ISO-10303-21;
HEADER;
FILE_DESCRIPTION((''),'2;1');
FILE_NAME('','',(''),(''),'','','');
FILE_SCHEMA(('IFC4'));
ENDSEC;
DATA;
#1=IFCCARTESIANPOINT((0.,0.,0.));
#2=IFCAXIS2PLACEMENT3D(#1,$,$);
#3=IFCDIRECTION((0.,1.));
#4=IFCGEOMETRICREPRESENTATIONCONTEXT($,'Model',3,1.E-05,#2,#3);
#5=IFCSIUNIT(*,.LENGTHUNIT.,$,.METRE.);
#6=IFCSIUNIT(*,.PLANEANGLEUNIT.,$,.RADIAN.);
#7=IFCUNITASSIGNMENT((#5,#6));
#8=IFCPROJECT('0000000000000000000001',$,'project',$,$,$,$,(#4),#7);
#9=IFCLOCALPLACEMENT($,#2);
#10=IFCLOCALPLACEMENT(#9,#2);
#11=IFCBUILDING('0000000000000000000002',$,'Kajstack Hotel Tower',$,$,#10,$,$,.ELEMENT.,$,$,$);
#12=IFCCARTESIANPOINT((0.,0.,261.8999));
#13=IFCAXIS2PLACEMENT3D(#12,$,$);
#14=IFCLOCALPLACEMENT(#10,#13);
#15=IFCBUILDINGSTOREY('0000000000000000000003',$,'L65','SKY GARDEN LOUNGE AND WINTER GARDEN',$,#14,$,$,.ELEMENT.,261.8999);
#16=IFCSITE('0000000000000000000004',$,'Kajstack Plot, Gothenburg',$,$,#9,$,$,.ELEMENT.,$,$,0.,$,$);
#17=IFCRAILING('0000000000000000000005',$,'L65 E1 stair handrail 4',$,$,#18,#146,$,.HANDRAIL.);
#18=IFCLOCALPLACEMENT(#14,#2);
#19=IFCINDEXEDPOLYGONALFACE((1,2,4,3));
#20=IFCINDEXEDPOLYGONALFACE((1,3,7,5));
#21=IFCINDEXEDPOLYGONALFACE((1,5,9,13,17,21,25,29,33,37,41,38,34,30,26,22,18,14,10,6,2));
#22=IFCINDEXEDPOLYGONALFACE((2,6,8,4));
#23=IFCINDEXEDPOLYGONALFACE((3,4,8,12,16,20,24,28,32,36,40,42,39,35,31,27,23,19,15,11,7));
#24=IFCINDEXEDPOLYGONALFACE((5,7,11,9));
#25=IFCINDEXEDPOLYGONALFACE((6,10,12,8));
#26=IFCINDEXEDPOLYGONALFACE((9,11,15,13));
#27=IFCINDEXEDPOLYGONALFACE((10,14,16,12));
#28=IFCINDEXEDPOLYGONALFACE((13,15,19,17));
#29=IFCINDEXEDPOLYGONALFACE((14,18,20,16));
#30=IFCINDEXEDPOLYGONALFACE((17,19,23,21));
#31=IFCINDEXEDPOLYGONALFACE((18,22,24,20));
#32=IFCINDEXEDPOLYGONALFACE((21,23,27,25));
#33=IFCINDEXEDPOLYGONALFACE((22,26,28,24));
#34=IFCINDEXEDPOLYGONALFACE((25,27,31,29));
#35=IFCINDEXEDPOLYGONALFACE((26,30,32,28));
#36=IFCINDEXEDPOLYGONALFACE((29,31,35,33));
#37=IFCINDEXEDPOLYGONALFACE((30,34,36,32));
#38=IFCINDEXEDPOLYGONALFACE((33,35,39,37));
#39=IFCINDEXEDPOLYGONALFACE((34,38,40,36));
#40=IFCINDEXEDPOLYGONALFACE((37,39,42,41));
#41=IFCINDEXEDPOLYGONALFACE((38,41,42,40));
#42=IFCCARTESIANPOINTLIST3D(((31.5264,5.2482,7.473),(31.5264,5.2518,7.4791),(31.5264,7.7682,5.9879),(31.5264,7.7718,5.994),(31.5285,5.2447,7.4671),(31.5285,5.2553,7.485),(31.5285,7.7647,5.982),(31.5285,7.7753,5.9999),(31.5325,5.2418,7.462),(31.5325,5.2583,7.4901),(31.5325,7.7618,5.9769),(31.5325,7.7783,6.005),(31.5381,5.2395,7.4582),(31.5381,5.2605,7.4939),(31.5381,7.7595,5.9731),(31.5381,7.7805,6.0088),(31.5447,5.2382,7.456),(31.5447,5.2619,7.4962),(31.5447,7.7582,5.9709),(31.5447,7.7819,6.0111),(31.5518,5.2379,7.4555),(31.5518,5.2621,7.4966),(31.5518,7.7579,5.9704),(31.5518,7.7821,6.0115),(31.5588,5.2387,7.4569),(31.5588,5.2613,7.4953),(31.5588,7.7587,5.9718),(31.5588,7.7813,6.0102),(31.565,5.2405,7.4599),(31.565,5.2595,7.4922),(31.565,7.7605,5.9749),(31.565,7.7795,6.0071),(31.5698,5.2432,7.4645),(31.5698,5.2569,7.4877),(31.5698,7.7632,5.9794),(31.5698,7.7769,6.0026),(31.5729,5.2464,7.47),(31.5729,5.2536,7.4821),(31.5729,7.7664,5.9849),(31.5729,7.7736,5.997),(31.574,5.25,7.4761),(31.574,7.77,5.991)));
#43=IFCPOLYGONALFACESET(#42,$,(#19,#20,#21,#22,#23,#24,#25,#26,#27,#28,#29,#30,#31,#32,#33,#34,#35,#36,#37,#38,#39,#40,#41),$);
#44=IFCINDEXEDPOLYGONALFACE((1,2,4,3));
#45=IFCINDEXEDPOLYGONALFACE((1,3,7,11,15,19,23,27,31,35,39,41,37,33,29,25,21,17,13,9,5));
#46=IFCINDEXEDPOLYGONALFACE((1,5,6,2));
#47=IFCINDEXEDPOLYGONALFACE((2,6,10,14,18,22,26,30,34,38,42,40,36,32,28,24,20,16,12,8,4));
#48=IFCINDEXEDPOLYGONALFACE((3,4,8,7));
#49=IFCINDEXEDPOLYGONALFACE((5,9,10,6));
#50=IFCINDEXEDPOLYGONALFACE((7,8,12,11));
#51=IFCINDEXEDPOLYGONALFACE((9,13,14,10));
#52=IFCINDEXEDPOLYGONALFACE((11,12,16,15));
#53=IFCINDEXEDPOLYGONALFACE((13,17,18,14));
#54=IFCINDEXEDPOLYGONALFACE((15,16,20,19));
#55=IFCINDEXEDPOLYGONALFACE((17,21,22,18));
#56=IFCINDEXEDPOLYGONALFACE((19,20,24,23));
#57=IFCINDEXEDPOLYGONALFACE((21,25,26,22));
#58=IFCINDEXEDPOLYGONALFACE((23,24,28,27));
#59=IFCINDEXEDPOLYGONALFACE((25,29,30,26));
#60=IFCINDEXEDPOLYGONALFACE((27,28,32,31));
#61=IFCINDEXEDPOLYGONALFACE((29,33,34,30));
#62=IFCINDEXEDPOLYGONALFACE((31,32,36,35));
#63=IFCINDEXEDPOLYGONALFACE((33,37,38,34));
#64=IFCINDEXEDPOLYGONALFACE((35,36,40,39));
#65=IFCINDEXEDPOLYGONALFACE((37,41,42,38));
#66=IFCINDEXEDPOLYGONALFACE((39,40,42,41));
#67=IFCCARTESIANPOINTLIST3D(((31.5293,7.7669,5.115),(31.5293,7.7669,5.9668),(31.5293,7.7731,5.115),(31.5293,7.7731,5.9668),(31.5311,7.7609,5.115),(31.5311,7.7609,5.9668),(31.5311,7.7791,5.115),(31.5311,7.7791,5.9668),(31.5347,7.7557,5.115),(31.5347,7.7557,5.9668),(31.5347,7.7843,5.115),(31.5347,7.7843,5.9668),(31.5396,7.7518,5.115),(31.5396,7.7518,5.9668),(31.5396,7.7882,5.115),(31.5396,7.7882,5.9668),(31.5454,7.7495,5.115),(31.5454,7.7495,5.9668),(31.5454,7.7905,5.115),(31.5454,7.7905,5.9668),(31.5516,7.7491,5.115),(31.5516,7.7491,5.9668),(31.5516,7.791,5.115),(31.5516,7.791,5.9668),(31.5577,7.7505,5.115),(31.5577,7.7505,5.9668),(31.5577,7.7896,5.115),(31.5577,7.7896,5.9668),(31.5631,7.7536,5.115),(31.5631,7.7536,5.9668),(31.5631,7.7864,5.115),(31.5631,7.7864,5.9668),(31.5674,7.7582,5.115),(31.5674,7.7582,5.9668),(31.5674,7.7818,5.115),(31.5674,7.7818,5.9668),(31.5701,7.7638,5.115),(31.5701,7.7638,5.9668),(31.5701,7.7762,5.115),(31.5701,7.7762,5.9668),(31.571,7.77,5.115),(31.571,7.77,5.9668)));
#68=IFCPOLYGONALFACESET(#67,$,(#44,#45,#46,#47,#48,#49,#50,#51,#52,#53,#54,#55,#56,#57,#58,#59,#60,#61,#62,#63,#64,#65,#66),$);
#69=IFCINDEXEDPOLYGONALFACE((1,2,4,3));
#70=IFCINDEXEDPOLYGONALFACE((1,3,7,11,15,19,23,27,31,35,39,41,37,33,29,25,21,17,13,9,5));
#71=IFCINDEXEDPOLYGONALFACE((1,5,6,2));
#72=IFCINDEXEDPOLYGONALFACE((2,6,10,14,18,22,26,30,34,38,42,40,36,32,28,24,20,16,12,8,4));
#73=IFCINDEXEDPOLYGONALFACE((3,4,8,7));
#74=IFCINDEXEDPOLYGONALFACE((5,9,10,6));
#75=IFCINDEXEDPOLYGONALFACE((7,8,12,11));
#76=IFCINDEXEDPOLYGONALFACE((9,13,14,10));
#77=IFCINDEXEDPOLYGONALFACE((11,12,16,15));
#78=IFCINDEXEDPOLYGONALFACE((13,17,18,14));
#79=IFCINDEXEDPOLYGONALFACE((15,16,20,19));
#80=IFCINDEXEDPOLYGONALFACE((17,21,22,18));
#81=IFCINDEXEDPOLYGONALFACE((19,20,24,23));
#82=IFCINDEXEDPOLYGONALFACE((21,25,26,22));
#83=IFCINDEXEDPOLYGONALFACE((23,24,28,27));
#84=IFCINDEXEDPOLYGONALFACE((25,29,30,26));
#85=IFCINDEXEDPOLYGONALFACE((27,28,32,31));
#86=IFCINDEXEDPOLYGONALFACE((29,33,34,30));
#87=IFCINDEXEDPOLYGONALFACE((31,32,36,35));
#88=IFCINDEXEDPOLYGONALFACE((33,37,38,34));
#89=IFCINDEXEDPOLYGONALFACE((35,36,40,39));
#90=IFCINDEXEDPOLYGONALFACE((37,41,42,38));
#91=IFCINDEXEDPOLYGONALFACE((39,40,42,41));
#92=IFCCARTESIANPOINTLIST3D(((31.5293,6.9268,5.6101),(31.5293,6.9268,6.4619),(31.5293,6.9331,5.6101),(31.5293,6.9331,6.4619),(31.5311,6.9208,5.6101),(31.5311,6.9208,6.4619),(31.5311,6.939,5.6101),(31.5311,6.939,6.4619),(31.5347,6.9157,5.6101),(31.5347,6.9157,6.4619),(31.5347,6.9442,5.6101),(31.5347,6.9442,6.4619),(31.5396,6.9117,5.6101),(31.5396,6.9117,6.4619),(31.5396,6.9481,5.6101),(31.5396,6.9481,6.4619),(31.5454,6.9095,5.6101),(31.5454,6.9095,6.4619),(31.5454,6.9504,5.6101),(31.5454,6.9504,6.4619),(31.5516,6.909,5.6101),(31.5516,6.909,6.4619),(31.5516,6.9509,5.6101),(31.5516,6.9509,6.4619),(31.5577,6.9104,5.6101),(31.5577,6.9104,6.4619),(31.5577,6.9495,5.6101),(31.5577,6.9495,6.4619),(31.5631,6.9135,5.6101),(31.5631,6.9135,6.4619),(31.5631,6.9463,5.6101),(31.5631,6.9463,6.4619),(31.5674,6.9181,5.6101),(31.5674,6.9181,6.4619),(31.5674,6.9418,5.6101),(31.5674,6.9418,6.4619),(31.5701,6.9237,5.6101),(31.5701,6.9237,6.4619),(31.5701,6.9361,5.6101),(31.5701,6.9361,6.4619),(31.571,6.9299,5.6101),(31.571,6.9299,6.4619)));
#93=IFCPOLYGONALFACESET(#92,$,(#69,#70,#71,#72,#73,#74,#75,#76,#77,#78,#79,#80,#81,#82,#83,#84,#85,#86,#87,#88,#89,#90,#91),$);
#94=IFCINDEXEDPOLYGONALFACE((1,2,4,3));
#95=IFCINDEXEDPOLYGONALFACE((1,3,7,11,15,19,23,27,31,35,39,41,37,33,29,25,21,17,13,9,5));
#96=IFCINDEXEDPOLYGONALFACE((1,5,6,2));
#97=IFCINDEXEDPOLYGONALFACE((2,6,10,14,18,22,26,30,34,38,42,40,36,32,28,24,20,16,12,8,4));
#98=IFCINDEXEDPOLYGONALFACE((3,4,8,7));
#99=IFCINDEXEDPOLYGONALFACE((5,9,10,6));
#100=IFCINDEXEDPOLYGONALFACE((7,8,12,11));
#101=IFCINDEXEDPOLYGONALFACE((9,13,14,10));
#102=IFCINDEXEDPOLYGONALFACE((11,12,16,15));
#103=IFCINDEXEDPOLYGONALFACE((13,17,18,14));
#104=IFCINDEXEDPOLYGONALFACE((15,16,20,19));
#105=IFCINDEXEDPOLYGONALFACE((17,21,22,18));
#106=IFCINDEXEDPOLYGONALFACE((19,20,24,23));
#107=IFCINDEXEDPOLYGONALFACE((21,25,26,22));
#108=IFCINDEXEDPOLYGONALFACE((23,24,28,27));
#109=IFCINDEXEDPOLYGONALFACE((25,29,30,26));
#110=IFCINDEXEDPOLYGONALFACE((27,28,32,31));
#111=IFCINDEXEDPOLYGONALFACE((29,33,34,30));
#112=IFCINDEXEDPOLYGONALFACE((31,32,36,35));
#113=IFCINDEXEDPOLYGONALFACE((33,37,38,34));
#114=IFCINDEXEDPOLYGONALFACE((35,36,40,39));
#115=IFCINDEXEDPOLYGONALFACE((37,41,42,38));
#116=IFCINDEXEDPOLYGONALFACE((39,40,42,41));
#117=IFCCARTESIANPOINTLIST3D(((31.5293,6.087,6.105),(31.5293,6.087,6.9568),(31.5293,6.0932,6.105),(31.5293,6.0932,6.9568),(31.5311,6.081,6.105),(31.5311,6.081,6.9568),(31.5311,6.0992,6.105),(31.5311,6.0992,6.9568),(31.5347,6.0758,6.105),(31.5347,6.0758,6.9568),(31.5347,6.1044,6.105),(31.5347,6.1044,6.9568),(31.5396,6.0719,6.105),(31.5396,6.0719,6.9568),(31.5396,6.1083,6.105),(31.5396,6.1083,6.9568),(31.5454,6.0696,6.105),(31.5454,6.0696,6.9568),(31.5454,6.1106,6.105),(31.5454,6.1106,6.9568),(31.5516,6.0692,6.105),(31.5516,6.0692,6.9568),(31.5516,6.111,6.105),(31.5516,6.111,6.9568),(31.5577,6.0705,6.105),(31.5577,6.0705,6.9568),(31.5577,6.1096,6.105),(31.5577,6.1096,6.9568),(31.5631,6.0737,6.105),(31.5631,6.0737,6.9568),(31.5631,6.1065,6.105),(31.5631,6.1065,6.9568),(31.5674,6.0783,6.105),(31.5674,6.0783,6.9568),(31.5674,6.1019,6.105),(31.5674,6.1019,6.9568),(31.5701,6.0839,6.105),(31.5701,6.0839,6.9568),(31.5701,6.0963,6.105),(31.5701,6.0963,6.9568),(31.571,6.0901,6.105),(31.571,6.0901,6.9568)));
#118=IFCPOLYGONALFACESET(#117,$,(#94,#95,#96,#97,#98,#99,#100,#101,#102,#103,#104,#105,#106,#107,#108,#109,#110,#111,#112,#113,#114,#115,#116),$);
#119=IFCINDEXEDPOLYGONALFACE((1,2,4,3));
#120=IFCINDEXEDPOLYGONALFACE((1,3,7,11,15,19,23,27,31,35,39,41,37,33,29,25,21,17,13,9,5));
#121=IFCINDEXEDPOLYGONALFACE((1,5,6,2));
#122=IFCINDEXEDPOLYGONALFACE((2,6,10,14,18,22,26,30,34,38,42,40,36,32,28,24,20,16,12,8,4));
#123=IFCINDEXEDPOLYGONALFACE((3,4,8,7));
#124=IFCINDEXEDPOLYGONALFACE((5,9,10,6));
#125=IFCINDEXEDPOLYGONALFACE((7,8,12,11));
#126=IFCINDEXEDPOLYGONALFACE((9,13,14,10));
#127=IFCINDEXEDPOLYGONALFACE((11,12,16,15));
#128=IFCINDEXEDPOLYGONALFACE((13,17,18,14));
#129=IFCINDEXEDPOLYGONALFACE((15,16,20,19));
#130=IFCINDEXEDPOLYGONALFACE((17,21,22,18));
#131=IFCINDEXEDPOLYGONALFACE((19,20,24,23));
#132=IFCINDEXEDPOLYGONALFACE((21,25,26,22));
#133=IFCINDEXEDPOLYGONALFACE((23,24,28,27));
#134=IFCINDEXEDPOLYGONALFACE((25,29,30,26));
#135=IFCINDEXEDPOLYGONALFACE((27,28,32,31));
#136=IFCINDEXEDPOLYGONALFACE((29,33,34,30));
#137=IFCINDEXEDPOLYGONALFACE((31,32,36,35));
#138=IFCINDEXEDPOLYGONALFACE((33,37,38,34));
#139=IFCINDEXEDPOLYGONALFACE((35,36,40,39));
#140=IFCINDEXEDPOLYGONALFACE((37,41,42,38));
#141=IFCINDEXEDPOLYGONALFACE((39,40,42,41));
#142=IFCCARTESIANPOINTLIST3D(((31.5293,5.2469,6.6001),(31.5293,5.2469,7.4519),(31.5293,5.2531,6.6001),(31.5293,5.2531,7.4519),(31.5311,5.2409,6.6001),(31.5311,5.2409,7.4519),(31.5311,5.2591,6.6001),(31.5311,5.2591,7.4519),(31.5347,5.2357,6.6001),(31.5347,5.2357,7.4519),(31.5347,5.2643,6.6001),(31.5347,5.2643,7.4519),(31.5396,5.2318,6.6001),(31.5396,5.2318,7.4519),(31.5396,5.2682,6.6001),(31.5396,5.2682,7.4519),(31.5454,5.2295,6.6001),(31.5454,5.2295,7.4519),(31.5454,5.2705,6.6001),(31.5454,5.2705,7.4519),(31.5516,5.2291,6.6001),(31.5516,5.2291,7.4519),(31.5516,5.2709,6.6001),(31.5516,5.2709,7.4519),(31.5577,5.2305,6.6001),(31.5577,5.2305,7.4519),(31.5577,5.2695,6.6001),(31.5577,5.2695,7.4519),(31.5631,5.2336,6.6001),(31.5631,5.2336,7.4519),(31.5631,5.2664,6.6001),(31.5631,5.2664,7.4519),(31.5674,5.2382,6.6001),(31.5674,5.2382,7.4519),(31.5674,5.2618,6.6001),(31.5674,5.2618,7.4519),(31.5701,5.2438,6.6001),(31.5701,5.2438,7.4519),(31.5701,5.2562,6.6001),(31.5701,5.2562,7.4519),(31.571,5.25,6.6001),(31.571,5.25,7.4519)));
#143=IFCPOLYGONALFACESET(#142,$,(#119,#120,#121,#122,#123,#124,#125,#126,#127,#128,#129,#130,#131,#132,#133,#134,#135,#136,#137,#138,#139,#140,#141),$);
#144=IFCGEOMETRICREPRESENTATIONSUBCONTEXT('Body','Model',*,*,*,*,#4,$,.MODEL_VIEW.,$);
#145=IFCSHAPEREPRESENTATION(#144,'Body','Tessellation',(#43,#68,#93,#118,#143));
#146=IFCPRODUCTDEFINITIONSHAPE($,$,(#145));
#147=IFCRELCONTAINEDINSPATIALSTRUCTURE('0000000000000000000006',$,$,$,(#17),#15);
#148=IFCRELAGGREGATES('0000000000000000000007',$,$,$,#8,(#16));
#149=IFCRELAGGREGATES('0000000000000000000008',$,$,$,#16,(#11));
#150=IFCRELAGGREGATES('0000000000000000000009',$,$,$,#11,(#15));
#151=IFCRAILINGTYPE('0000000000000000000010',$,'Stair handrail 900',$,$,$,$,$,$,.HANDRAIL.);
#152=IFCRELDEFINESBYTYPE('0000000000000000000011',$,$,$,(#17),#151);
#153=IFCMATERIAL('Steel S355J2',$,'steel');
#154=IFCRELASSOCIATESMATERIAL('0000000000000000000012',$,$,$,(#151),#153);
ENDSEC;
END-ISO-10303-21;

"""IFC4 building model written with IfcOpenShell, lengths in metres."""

from ifc_helpers import new_model, si_unit, direction, frame, origin, origin_2d, place, context, subcontext, project, spatial, circle, extrude, material, type_object, element, save


model = new_model("IFC4")

# Units and contexts
model_context = context("Model", 3, precision=1e-05, world=origin(), true_north=direction((0.0, 1.0)))
body_context = subcontext(model_context, "Body", "Model", "MODEL_VIEW")
ifc_project = project(units=[si_unit("LENGTHUNIT", "METRE"), si_unit("PLANEANGLEUNIT", "RADIAN")], contexts=[model_context])

# Site, building, storey
site_placement = place(None, origin())
site = spatial("IfcSite", under=ifc_project, at=site_placement, Name="Kajstack Plot, Gothenburg", CompositionType="ELEMENT", RefElevation=0.0)
building_placement = place(site_placement, origin())
building = spatial("IfcBuilding", under=site, at=building_placement, Name="Kajstack Hotel Tower", CompositionType="ELEMENT")
storey_placement = place(building_placement, frame((0.0, 0.0, 261.8999)))
storey = spatial("IfcBuildingStorey", under=building, at=storey_placement, Name="L65", Description="SKY GARDEN LOUNGE AND WINTER GARDEN", CompositionType="ELEMENT", Elevation=261.8999)

# Railing
ifc_material_1 = material(Name="Steel S355J2", Category="steel")
railing_type = type_object("IfcRailingType", Name="Stair handrail 900", PredefinedType="HANDRAIL", material=ifc_material_1)
railing_1_placement = place(storey_placement, frame((31.55, 7.77, 5.115)))
element("IfcRailing", 1, at=railing_1_placement, inside=storey, type_object=railing_type, Name="L65 E1 stair handrail 4", PredefinedType="HANDRAIL", context=body_context, shape_type="SweptSolid", body=[
    extrude(circle(Radius=0.0239, at=origin_2d()), frame((0.0, 0.0, 0.876), z_axis=(0.0, -0.861524, 0.507717), x_axis=(1.0, 0.0, 0.0)), (0.0, 0.0, 1.0), 2.925),
    extrude(circle(Radius=0.021, at=origin_2d()), origin(), (0.0, 0.0, 1.0), 0.8518),
    extrude(circle(Radius=0.021, at=origin_2d()), frame((0.0, -0.8401, 0.4951)), (0.0, 0.0, 1.0), 0.8518),
    extrude(circle(Radius=0.021, at=origin_2d()), frame((0.0, -1.6799, 0.99)), (0.0, 0.0, 1.0), 0.8518),
    extrude(circle(Radius=0.021, at=origin_2d()), frame((0.0, -2.52, 1.4851)), (0.0, 0.0, 1.0), 0.8518),
])

save(model, "model.ifc")
